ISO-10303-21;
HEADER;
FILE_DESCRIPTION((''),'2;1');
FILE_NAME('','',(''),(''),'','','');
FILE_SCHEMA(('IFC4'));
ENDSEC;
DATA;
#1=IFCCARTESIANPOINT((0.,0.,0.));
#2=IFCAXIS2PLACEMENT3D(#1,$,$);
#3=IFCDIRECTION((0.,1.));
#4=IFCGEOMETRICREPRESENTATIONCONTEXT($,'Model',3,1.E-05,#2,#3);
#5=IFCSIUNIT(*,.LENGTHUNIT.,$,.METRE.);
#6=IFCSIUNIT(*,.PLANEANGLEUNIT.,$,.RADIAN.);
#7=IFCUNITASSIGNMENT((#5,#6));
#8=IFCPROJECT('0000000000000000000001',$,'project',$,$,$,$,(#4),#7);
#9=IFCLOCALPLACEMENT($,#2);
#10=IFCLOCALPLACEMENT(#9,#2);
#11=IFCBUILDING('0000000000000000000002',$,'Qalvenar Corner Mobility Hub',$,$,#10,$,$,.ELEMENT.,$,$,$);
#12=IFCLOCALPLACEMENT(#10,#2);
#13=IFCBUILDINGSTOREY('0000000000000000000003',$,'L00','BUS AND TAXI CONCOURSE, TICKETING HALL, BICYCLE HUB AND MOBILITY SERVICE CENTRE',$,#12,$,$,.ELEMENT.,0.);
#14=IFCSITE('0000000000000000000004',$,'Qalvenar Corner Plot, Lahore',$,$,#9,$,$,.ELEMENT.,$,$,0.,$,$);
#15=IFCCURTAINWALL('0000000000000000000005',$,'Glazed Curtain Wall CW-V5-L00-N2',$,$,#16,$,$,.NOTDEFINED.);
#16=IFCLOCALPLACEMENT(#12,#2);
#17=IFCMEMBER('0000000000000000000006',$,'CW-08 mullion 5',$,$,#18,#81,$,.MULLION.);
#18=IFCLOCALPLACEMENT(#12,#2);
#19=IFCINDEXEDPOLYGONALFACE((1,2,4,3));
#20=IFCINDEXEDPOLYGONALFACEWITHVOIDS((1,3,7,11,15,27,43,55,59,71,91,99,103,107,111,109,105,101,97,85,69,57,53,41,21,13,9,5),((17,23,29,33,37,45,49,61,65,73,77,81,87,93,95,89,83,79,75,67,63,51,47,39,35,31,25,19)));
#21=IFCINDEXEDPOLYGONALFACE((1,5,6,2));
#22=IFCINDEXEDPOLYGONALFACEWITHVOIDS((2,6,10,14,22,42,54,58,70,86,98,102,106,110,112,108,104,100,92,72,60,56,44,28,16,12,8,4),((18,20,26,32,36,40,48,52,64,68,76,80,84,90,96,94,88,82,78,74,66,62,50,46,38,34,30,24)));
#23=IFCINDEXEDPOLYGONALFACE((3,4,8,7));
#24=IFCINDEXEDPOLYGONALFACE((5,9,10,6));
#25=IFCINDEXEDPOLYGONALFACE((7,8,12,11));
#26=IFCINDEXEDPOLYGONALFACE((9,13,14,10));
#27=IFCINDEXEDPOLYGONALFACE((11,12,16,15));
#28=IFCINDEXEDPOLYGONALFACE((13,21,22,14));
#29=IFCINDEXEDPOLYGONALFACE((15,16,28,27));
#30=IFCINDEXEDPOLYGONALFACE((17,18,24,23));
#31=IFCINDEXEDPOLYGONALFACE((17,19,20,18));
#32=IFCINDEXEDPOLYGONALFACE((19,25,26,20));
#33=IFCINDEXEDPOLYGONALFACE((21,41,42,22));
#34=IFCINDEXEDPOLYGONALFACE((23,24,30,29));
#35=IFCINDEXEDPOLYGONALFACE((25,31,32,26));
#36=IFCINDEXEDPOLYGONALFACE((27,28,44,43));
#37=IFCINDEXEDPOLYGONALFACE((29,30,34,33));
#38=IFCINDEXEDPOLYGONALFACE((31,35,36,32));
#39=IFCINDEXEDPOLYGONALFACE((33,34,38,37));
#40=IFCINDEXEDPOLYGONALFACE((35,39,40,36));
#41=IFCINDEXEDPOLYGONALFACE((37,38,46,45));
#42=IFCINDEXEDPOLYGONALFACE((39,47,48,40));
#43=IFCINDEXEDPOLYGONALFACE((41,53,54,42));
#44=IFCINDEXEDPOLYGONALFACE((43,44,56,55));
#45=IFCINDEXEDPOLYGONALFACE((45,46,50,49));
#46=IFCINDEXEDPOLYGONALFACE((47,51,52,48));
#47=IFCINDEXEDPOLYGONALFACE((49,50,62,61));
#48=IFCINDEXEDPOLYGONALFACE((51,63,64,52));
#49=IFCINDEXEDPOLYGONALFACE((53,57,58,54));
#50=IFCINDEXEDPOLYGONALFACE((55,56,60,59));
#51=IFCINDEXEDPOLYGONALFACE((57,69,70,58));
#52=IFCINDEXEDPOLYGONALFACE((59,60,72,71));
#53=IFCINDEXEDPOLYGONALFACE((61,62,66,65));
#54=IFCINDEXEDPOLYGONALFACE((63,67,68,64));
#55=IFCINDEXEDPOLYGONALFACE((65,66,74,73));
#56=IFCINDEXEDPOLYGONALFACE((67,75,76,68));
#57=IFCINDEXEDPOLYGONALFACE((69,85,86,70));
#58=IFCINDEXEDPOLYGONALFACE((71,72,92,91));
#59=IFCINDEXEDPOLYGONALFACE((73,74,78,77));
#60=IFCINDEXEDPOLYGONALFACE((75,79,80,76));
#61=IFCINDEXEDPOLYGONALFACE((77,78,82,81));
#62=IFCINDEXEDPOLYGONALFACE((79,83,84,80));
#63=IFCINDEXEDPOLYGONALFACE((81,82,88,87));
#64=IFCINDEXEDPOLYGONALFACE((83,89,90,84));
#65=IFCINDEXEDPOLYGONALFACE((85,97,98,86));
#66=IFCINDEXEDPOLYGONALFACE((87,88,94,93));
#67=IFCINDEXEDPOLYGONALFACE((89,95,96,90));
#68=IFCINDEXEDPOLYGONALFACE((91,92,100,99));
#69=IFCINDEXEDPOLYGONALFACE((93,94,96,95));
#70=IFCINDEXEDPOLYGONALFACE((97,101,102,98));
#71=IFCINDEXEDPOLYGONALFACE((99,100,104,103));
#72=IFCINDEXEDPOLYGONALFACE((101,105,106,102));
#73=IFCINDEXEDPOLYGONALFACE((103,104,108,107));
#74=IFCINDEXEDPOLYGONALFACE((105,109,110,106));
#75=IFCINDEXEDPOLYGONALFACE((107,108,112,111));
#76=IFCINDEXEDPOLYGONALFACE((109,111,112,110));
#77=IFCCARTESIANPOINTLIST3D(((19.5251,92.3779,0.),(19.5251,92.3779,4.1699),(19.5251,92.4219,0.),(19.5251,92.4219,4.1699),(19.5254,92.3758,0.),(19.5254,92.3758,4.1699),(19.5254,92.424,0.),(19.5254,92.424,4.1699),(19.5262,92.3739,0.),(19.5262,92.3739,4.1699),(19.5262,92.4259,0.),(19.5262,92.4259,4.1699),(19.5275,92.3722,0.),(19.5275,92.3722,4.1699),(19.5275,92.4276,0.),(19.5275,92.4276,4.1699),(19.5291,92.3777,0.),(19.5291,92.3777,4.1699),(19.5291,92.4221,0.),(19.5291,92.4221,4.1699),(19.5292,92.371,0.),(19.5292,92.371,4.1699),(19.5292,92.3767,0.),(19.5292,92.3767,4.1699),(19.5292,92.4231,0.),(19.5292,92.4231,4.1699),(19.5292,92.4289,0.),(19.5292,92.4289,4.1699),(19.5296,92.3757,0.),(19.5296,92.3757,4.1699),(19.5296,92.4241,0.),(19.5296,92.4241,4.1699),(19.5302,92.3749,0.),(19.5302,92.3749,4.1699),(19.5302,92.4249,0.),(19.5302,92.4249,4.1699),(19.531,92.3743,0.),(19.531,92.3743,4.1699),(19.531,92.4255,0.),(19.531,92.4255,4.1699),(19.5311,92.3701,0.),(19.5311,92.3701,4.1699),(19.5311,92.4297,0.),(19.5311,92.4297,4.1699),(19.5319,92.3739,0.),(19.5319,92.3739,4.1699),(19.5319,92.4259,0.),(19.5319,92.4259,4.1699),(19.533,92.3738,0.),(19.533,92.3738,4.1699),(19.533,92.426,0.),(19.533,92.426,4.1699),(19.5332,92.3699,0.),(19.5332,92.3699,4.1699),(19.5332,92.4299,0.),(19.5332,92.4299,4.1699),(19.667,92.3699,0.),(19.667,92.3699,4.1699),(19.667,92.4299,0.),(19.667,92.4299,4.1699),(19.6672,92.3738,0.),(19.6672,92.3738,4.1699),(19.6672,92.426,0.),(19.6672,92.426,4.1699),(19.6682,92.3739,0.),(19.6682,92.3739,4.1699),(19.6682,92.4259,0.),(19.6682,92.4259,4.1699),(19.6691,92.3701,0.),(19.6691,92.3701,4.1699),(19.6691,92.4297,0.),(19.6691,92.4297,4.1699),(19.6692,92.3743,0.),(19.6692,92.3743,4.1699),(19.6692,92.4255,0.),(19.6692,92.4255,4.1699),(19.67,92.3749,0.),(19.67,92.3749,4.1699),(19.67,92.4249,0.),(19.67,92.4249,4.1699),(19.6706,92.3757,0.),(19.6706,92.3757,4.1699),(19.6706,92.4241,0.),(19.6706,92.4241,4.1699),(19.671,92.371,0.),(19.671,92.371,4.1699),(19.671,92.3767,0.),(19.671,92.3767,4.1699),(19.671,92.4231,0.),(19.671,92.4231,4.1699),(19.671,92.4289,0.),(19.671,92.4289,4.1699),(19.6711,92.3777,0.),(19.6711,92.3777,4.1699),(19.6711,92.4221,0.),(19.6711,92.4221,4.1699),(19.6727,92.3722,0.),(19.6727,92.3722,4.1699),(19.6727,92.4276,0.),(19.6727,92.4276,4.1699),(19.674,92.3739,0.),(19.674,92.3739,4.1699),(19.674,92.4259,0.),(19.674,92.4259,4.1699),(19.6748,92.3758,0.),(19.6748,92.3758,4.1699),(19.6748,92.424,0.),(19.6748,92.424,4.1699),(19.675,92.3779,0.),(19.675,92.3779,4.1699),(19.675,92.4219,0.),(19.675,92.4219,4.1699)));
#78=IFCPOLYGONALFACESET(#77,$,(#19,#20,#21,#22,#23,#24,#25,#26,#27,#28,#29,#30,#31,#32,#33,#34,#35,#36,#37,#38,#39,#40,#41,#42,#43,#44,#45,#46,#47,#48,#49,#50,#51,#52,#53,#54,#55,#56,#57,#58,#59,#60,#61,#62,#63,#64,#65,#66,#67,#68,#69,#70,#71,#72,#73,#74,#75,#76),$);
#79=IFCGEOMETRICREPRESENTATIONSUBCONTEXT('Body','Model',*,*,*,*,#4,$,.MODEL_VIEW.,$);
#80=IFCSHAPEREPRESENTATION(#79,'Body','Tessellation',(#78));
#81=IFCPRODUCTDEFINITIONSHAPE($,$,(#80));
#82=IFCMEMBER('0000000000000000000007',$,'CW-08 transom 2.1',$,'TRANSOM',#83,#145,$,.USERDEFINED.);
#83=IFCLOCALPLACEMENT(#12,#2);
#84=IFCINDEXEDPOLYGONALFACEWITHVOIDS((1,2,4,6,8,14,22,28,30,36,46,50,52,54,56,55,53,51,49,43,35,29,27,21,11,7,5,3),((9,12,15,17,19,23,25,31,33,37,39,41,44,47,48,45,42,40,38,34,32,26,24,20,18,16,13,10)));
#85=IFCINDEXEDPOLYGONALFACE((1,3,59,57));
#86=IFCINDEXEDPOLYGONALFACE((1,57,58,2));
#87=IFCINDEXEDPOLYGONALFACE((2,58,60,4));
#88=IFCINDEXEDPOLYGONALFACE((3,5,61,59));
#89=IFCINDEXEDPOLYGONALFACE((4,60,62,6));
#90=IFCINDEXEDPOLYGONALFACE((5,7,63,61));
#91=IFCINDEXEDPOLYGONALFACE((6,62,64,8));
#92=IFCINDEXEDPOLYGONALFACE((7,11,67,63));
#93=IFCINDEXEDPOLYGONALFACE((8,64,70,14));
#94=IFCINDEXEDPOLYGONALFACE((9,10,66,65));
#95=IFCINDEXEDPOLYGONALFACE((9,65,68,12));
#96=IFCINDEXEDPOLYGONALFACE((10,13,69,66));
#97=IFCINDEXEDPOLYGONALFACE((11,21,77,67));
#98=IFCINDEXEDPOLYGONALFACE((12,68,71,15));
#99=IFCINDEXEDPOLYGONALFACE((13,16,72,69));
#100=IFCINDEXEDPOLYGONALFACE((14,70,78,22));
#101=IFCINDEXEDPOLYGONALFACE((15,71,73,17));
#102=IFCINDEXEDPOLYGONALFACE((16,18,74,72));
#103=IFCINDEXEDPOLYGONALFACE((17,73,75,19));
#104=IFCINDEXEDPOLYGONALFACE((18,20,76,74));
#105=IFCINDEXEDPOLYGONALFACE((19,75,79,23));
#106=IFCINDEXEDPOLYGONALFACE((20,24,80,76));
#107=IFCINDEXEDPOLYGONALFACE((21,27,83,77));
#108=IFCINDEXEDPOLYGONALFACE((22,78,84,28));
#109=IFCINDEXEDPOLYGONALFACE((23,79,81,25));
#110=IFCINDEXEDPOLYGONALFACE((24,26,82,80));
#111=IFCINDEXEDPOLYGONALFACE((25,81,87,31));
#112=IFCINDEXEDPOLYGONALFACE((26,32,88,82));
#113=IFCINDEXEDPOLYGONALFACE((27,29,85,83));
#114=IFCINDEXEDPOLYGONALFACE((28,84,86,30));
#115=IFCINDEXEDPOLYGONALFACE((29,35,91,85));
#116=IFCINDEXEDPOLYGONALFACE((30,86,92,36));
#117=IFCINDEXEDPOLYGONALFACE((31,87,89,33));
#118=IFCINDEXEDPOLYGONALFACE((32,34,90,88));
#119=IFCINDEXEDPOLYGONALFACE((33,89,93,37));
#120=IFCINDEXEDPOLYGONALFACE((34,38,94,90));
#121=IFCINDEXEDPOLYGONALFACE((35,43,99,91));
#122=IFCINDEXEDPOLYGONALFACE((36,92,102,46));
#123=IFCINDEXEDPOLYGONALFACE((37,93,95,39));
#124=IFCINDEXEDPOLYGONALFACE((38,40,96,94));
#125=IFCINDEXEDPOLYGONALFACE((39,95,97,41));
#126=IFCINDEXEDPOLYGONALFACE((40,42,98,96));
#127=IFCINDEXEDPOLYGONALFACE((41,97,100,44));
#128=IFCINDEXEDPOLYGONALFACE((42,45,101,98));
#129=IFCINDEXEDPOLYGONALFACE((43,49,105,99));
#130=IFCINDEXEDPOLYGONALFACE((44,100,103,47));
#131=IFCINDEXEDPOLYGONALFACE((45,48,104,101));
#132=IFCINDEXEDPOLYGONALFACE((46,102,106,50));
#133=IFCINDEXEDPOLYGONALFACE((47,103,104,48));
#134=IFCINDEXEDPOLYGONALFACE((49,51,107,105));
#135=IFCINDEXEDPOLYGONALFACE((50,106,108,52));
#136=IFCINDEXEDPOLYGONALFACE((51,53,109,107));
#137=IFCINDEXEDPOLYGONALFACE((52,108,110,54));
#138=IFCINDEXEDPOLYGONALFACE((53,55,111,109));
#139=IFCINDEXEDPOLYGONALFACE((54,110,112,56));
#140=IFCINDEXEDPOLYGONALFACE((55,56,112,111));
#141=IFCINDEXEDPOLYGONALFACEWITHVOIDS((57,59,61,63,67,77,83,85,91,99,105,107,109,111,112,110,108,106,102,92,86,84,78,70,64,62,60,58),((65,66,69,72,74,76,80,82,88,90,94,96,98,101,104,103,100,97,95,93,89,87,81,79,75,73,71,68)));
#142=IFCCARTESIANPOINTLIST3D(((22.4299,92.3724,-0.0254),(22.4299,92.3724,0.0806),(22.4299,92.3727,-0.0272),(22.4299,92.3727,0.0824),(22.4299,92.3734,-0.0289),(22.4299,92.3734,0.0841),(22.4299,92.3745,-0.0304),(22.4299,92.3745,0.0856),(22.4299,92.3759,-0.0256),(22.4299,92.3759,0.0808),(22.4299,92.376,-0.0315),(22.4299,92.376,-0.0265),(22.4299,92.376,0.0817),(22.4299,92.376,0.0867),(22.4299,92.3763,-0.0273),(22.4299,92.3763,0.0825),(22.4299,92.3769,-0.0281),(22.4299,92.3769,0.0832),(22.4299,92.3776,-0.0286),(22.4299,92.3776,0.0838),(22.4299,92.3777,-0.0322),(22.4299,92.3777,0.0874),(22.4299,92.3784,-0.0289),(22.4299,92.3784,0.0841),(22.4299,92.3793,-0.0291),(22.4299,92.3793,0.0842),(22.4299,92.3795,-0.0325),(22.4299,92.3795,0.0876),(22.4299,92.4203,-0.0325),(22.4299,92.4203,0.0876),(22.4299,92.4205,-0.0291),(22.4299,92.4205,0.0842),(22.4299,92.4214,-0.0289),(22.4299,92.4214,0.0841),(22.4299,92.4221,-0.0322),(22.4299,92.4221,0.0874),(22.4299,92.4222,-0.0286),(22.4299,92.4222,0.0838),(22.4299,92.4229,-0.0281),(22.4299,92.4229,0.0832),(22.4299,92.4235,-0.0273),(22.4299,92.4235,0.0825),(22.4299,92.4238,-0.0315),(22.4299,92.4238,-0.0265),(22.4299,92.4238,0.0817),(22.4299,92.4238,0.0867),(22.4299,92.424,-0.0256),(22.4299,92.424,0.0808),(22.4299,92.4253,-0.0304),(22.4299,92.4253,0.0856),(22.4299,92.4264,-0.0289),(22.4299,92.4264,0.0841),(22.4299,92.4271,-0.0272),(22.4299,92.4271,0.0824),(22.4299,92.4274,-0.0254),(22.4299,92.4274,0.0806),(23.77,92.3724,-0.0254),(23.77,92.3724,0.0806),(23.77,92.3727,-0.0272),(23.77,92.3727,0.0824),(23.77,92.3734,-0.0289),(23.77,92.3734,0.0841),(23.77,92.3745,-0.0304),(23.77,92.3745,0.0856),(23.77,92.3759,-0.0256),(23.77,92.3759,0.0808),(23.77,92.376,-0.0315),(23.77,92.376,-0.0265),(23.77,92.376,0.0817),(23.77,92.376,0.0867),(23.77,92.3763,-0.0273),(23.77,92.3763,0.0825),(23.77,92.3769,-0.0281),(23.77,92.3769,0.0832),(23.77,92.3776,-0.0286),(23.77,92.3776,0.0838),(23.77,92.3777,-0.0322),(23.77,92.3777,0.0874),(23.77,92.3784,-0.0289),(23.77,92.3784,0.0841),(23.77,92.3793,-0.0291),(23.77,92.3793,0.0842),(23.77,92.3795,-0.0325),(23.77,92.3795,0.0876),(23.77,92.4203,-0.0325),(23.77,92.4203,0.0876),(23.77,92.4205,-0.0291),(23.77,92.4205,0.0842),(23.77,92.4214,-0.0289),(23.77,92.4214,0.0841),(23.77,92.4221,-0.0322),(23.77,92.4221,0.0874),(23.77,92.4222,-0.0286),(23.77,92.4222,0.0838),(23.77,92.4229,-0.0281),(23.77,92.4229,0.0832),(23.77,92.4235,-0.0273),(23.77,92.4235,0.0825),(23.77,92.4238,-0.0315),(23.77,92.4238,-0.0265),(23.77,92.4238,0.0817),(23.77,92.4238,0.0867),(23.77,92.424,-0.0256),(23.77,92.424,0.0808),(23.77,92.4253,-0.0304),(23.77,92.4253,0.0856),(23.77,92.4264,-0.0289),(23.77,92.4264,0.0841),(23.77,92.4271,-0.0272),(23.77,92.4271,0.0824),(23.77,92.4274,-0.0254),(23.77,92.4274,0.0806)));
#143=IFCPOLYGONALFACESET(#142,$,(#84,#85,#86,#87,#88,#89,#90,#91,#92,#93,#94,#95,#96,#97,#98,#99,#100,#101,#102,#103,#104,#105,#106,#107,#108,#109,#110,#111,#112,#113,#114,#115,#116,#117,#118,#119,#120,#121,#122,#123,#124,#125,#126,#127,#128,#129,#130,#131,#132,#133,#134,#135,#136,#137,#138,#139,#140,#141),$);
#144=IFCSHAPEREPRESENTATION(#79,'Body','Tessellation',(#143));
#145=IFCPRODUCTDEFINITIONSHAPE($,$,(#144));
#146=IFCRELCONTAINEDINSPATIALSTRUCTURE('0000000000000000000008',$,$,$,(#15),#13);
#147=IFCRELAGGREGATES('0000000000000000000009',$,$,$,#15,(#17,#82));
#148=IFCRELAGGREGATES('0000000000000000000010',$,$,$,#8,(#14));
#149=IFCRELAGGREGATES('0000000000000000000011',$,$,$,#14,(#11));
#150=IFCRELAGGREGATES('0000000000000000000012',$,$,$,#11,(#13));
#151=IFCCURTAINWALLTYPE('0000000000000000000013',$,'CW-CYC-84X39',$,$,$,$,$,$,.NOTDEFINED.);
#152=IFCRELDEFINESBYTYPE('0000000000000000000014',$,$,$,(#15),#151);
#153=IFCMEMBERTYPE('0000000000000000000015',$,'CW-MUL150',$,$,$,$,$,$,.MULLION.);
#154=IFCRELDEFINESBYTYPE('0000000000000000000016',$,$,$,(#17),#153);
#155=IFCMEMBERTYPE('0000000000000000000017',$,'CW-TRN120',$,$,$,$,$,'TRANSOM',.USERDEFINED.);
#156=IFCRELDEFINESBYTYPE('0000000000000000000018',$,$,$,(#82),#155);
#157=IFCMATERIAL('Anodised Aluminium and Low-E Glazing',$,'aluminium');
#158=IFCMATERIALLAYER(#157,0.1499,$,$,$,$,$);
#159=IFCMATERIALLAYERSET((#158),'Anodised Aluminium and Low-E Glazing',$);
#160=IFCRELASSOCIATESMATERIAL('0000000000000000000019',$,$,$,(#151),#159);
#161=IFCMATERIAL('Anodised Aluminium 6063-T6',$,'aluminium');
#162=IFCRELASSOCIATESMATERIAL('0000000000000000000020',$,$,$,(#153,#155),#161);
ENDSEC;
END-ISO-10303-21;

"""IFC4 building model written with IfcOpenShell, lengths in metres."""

from ifc_helpers import new_model, si_unit, direction, frame, origin, origin_2d, place, context, subcontext, project, spatial, hollow_rectangle, extrude, material, layer, layer_set, material_profile, profile_set, type_object, element, aggregate, save


model = new_model("IFC4")

# Units and contexts
model_context = context("Model", 3, precision=1e-05, world=origin(), true_north=direction((0.0, 1.0)))
body_context = subcontext(model_context, "Body", "Model", "MODEL_VIEW")
ifc_project = project(units=[si_unit("LENGTHUNIT", "METRE"), si_unit("PLANEANGLEUNIT", "RADIAN")], contexts=[model_context])

# Site, building, storey
site_placement = place(None, origin())
site = spatial("IfcSite", under=ifc_project, at=site_placement, Name="Qalvenar Corner Plot, Lahore", CompositionType="ELEMENT", RefElevation=0.0)
building_placement = place(site_placement, origin())
building = spatial("IfcBuilding", under=site, at=building_placement, Name="Qalvenar Corner Mobility Hub", CompositionType="ELEMENT")
storey_placement = place(building_placement, origin())
storey = spatial("IfcBuildingStorey", under=building, at=storey_placement, Name="L00", Description="BUS AND TAXI CONCOURSE, TICKETING HALL, BICYCLE HUB AND MOBILITY SERVICE CENTRE", CompositionType="ELEMENT", Elevation=0.0)

# Curtain wall, members
ifc_material_1 = material(Name="Anodised Aluminium and Low-E Glazing", Category="aluminium")
ifc_layer_1 = layer(ifc_material_1, 0.1499)
ifc_layer_set_1 = layer_set([ifc_layer_1], Name="Anodised Aluminium and Low-E Glazing")
curtain_wall_type = type_object("IfcCurtainWallType", Name="CW-CYC-84X39", PredefinedType="NOTDEFINED", material=ifc_layer_set_1)
curtain_wall_placement = place(storey_placement, origin())
curtain_wall = element("IfcCurtainWall", 1, at=curtain_wall_placement, inside=storey, type_object=curtain_wall_type, Name="Glazed Curtain Wall CW-V5-L00-N2", PredefinedType="NOTDEFINED")
ifc_material_2 = material(Name="Anodised Aluminium 6063-T6", Category="aluminium")
ifc_material_profile_1 = material_profile(ifc_material_2, hollow_rectangle(XDim=0.0601, YDim=0.1499, WallThickness=0.0039, InnerFilletRadius=0.0039, OuterFilletRadius=0.0081, at=origin_2d()), Name="RHS150x60x4")
ifc_profile_set_1 = profile_set([ifc_material_profile_1], Name="Anodised Aluminium 6063-T6")
member_type_1 = type_object("IfcMemberType", Name="CW-MUL150", PredefinedType="MULLION", material=ifc_profile_set_1)
member_1_placement = place(storey_placement, frame((19.6001, 92.3999, 0.0), z_axis=(0.0, 0.0, 1.0), x_axis=(0.0, -1.0, 0.0)))
member_1 = element("IfcMember", 2, at=member_1_placement, type_object=member_type_1, Name="CW-08 mullion 5", PredefinedType="MULLION", context=body_context, shape_type="SweptSolid", body=[
    extrude(hollow_rectangle(XDim=0.0601, YDim=0.1499, WallThickness=0.0039, InnerFilletRadius=0.0039, OuterFilletRadius=0.0081, at=origin_2d()), origin(), (0.0, 0.0, 1.0), 4.1699),
])
ifc_material_profile_2 = material_profile(ifc_material_2, hollow_rectangle(XDim=0.0549, YDim=0.1201, WallThickness=0.0034, InnerFilletRadius=0.0034, OuterFilletRadius=0.0071, at=origin_2d()), Name="RHS120x55x3.5")
ifc_profile_set_2 = profile_set([ifc_material_profile_2], Name="Anodised Aluminium 6063-T6")
member_type_2 = type_object("IfcMemberType", Name="CW-TRN120", ElementType="TRANSOM", PredefinedType="USERDEFINED", material=ifc_profile_set_2)
member_2_placement = place(storey_placement, frame((23.77, 92.3999, 0.0276), z_axis=(-1.0, 0.0, 0.0), x_axis=(0.0, -1.0, 0.0)))
member_2 = element("IfcMember", 3, at=member_2_placement, type_object=member_type_2, Name="CW-08 transom 2.1", ObjectType="TRANSOM", PredefinedType="USERDEFINED", context=body_context, shape_type="SweptSolid", body=[
    extrude(hollow_rectangle(XDim=0.0549, YDim=0.1201, WallThickness=0.0034, InnerFilletRadius=0.0034, OuterFilletRadius=0.0071, at=origin_2d()), origin(), (0.0, 0.0, 1.0), 1.3401),
])
aggregate(curtain_wall, [member_1, member_2])

save(model, "model.ifc")
